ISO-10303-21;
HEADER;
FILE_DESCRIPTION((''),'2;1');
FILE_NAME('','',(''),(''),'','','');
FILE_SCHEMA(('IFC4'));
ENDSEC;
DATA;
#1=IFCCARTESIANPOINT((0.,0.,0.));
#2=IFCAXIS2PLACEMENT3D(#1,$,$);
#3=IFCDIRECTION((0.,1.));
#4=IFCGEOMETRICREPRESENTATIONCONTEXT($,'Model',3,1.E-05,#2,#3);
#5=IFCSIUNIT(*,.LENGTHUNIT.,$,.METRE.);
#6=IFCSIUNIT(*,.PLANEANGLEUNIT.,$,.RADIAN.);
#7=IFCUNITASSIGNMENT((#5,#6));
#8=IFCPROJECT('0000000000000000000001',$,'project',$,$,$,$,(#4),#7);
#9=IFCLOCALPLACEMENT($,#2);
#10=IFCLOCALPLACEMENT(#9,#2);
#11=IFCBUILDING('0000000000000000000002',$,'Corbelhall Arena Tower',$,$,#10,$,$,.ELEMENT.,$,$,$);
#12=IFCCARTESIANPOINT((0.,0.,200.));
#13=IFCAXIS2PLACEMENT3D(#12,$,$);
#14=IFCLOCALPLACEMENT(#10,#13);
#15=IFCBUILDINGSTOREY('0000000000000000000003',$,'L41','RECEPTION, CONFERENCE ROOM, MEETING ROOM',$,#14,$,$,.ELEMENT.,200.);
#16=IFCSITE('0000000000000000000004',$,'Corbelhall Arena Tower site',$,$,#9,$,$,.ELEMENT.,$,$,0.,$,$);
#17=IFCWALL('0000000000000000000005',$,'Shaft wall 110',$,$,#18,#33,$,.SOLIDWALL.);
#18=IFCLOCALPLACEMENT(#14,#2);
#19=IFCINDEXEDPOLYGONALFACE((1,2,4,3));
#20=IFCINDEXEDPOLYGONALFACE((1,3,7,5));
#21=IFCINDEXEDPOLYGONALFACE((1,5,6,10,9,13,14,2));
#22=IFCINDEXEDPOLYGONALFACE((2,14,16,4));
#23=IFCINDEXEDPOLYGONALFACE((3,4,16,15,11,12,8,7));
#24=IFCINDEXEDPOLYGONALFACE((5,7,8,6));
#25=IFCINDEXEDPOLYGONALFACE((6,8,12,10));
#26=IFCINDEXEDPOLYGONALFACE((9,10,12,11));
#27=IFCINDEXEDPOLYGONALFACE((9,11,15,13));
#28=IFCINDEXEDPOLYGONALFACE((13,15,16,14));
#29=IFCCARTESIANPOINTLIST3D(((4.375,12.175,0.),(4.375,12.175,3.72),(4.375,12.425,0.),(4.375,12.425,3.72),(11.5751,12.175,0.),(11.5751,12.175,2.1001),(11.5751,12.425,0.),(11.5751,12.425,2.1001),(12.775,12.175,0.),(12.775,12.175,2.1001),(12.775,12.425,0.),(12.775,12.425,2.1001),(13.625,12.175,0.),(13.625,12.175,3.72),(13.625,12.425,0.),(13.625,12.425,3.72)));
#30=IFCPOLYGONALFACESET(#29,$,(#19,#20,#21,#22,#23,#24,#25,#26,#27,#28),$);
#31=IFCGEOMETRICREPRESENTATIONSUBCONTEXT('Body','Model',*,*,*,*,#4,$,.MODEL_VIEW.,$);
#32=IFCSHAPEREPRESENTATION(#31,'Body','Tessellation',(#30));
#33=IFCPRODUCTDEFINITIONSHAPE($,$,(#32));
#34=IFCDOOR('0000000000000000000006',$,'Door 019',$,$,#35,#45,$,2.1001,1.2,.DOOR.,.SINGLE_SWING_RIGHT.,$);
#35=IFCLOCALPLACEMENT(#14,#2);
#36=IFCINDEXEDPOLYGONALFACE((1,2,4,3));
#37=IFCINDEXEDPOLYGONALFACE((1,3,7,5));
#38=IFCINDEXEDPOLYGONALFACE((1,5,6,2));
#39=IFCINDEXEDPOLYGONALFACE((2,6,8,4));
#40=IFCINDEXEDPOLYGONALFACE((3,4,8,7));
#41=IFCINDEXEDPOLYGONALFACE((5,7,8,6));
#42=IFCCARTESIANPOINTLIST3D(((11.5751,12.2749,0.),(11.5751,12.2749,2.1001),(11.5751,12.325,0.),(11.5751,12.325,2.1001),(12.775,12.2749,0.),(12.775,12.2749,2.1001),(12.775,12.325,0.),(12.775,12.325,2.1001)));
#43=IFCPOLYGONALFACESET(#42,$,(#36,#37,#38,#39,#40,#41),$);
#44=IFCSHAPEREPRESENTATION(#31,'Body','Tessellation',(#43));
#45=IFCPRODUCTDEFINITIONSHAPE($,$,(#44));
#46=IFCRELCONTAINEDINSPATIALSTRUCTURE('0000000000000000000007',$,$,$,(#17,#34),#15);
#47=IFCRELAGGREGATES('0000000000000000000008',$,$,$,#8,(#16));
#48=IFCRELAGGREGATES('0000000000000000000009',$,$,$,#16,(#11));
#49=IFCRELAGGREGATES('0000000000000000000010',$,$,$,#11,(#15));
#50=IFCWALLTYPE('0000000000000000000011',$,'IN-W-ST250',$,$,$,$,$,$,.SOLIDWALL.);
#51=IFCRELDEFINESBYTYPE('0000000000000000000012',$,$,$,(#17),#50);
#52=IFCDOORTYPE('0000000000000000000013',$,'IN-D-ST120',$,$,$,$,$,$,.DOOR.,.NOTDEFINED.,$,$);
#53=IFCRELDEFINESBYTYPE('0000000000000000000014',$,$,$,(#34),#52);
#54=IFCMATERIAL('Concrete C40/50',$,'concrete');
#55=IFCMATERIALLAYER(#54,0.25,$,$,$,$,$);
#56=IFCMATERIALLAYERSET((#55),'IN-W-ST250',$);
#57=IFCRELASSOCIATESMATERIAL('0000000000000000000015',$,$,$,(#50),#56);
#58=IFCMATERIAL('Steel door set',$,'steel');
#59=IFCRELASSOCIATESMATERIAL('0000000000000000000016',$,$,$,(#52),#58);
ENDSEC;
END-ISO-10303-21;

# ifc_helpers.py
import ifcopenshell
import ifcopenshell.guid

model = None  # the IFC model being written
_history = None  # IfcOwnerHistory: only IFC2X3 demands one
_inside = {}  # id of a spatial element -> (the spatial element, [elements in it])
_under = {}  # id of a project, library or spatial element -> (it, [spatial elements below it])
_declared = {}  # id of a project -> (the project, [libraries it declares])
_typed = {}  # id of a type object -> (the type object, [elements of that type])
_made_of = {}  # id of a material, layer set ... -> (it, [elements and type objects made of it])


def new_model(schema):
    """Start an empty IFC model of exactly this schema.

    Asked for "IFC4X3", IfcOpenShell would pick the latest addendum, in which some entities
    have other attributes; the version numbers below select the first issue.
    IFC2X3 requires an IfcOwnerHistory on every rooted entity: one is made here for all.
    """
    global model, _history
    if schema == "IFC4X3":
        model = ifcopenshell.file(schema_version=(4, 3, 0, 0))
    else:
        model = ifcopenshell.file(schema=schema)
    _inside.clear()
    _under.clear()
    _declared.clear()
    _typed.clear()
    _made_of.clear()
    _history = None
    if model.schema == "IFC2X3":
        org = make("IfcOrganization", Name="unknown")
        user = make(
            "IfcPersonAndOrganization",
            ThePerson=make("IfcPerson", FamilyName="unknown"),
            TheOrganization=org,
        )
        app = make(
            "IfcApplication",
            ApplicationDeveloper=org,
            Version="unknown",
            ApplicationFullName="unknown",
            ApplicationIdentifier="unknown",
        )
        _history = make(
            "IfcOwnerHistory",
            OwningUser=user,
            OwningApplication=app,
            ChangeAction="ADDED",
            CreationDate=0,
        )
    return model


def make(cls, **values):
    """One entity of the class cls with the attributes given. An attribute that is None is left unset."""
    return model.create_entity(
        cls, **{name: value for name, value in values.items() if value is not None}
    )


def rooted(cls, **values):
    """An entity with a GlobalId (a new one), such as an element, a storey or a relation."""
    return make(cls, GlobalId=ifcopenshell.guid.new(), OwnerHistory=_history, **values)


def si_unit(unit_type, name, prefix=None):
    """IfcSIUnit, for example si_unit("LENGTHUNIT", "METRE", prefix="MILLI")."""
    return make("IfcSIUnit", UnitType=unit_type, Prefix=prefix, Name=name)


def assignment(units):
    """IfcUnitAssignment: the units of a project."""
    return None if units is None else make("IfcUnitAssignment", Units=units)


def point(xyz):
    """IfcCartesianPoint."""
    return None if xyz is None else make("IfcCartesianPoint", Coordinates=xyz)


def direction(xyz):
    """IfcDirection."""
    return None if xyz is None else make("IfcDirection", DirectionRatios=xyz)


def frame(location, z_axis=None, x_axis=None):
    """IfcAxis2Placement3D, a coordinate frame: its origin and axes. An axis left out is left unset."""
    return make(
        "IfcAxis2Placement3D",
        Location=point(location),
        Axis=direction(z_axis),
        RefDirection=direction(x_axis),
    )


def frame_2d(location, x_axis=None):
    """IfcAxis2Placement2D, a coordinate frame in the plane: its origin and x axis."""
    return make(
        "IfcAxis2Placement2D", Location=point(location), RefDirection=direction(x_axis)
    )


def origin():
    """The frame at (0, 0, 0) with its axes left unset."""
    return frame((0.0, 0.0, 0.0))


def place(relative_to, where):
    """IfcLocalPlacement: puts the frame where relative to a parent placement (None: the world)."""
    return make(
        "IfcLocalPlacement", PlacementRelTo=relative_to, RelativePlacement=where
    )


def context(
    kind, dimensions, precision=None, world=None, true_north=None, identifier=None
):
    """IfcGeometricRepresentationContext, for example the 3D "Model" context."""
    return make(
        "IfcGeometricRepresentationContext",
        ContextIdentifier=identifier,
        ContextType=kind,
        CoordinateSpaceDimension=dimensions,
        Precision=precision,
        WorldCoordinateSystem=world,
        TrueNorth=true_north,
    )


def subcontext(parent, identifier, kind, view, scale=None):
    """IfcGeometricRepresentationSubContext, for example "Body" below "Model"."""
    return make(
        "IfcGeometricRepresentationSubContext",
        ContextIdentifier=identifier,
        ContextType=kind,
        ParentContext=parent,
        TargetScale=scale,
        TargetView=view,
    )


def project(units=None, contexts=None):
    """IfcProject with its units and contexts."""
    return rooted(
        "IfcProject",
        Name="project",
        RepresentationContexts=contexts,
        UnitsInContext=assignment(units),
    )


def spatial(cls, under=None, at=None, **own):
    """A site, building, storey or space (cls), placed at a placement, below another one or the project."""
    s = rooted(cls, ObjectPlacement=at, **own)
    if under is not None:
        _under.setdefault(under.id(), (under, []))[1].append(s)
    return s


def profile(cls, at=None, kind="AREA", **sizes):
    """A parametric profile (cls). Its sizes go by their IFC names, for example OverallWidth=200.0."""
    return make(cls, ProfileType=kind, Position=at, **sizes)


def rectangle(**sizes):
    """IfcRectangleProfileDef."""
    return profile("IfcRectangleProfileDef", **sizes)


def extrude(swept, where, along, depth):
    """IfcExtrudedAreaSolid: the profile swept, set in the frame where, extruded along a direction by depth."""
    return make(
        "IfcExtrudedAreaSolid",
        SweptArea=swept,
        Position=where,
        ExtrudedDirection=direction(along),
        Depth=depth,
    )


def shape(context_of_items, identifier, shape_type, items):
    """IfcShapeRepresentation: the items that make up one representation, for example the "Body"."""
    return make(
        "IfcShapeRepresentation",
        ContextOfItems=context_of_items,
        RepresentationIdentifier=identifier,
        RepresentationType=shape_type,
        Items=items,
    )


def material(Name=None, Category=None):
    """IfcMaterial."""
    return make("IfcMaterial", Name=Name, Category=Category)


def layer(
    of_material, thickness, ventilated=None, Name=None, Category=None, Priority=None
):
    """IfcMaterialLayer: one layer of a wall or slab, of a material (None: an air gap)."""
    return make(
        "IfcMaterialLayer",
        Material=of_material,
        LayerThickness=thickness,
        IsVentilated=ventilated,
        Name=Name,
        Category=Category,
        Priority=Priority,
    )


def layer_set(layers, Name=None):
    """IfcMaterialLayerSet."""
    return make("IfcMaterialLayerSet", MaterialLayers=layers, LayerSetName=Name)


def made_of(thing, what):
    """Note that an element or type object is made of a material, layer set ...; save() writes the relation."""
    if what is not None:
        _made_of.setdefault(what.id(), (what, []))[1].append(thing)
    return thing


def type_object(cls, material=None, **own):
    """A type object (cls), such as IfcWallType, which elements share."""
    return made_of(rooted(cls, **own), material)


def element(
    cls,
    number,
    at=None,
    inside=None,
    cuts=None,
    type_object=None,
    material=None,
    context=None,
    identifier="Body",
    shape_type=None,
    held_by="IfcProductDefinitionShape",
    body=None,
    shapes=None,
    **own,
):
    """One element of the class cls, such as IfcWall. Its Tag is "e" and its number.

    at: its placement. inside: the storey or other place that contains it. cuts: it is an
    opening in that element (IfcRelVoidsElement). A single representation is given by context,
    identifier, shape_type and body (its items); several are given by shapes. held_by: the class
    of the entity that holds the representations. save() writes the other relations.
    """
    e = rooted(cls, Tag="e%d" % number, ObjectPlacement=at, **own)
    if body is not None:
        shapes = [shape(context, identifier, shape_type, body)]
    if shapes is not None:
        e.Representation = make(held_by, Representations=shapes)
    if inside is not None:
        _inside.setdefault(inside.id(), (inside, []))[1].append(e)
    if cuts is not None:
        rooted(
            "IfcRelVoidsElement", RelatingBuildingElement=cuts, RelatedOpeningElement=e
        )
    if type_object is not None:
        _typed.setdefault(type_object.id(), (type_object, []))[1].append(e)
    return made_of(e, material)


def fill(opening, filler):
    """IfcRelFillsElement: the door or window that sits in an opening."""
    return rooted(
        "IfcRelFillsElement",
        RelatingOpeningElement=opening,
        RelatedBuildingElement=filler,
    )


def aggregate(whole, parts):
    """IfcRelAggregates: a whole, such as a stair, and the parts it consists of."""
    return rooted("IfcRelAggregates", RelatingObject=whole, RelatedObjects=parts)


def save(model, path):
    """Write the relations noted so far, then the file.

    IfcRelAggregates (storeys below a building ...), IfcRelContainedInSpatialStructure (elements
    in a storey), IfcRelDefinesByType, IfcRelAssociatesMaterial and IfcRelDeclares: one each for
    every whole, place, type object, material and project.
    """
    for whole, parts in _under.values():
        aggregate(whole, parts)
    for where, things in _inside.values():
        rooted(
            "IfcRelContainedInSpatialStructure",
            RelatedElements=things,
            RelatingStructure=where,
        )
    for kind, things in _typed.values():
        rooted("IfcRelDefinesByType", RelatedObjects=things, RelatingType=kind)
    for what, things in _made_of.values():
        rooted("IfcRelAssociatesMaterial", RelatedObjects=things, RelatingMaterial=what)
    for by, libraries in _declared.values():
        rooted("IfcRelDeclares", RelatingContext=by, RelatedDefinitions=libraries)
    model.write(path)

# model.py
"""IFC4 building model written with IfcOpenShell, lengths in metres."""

from ifc_helpers import new_model, si_unit, direction, frame, frame_2d, origin, place, context, subcontext, project, spatial, rectangle, extrude, material, layer, layer_set, type_object, element, fill, save


model = new_model("IFC4")

# Units and contexts
model_context = context("Model", 3, precision=1e-05, world=origin(), true_north=direction((0.0, 1.0)))
body_context = subcontext(model_context, "Body", "Model", "MODEL_VIEW")
ifc_project = project(units=[si_unit("LENGTHUNIT", "METRE"), si_unit("PLANEANGLEUNIT", "RADIAN")], contexts=[model_context])

# Site, building, storey
site_placement = place(None, origin())
site = spatial("IfcSite", under=ifc_project, at=site_placement, Name="Corbelhall Arena Tower site", CompositionType="ELEMENT", RefElevation=0.0)
building_placement = place(site_placement, origin())
building = spatial("IfcBuilding", under=site, at=building_placement, Name="Corbelhall Arena Tower", CompositionType="ELEMENT")
storey_placement = place(building_placement, frame((0.0, 0.0, 200.0)))
storey = spatial("IfcBuildingStorey", under=building, at=storey_placement, Name="L41", Description="RECEPTION, CONFERENCE ROOM, MEETING ROOM", CompositionType="ELEMENT", Elevation=200.0)

# Shared definitions
ifc_material_1 = material(Name="Concrete C40/50", Category="concrete")

# Shared definitions
ifc_material_2 = material(Name="Steel door set", Category="steel")

# Wall, opening, door
ifc_layer_1 = layer(ifc_material_1, 0.25)
ifc_layer_set_1 = layer_set([ifc_layer_1], Name="IN-W-ST250")
wall_type_1 = type_object("IfcWallType", Name="IN-W-ST250", PredefinedType="SOLIDWALL", material=ifc_layer_set_1)
wall_1_placement = place(storey_placement, frame((4.375, 12.3, 0.0), z_axis=(0.0, 0.0, 1.0), x_axis=(1.0, 0.0, 0.0)))
wall_1 = element("IfcWall", 1, at=wall_1_placement, inside=storey, type_object=wall_type_1, Name="Shaft wall 110", PredefinedType="SOLIDWALL", context=body_context, shape_type="SweptSolid", body=[
    extrude(rectangle(XDim=9.25, YDim=0.25, at=frame_2d((4.625, 0.0))), origin(), (0.0, 0.0, 1.0), 3.72),
])
opening_1_placement = place(wall_1_placement, frame((7.2, 0.0, 0.0)))
opening_1 = element("IfcOpeningElement", 2, at=opening_1_placement, cuts=wall_1, PredefinedType="OPENING", context=body_context, shape_type="SweptSolid", body=[
    extrude(rectangle(XDim=1.2, YDim=2.1001, at=frame_2d((0.6001, 1.05))), frame((0.0, 0.125, 0.0), z_axis=(0.0, -1.0, 0.0), x_axis=(1.0, 0.0, 0.0)), (0.0, 0.0, 1.0), 0.25),
])
door_type_1 = type_object("IfcDoorType", Name="IN-D-ST120", OperationType="NOTDEFINED", PredefinedType="DOOR", material=ifc_material_2)
door_1_placement = place(opening_1_placement, origin())
door_1 = element("IfcDoor", 3, at=door_1_placement, inside=storey, type_object=door_type_1, Name="Door 019", OperationType="SINGLE_SWING_RIGHT", OverallHeight=2.1001, OverallWidth=1.2, PredefinedType="DOOR", context=body_context, shape_type="SweptSolid", body=[
    extrude(rectangle(XDim=1.2, YDim=2.1001, at=frame_2d((0.6001, 1.05))), frame((0.0, 0.0249, 0.0), z_axis=(0.0, -1.0, 0.0), x_axis=(1.0, 0.0, 0.0)), (0.0, 0.0, 1.0), 0.05),
])
fill(opening_1, door_1)

save(model, "model.ifc")
